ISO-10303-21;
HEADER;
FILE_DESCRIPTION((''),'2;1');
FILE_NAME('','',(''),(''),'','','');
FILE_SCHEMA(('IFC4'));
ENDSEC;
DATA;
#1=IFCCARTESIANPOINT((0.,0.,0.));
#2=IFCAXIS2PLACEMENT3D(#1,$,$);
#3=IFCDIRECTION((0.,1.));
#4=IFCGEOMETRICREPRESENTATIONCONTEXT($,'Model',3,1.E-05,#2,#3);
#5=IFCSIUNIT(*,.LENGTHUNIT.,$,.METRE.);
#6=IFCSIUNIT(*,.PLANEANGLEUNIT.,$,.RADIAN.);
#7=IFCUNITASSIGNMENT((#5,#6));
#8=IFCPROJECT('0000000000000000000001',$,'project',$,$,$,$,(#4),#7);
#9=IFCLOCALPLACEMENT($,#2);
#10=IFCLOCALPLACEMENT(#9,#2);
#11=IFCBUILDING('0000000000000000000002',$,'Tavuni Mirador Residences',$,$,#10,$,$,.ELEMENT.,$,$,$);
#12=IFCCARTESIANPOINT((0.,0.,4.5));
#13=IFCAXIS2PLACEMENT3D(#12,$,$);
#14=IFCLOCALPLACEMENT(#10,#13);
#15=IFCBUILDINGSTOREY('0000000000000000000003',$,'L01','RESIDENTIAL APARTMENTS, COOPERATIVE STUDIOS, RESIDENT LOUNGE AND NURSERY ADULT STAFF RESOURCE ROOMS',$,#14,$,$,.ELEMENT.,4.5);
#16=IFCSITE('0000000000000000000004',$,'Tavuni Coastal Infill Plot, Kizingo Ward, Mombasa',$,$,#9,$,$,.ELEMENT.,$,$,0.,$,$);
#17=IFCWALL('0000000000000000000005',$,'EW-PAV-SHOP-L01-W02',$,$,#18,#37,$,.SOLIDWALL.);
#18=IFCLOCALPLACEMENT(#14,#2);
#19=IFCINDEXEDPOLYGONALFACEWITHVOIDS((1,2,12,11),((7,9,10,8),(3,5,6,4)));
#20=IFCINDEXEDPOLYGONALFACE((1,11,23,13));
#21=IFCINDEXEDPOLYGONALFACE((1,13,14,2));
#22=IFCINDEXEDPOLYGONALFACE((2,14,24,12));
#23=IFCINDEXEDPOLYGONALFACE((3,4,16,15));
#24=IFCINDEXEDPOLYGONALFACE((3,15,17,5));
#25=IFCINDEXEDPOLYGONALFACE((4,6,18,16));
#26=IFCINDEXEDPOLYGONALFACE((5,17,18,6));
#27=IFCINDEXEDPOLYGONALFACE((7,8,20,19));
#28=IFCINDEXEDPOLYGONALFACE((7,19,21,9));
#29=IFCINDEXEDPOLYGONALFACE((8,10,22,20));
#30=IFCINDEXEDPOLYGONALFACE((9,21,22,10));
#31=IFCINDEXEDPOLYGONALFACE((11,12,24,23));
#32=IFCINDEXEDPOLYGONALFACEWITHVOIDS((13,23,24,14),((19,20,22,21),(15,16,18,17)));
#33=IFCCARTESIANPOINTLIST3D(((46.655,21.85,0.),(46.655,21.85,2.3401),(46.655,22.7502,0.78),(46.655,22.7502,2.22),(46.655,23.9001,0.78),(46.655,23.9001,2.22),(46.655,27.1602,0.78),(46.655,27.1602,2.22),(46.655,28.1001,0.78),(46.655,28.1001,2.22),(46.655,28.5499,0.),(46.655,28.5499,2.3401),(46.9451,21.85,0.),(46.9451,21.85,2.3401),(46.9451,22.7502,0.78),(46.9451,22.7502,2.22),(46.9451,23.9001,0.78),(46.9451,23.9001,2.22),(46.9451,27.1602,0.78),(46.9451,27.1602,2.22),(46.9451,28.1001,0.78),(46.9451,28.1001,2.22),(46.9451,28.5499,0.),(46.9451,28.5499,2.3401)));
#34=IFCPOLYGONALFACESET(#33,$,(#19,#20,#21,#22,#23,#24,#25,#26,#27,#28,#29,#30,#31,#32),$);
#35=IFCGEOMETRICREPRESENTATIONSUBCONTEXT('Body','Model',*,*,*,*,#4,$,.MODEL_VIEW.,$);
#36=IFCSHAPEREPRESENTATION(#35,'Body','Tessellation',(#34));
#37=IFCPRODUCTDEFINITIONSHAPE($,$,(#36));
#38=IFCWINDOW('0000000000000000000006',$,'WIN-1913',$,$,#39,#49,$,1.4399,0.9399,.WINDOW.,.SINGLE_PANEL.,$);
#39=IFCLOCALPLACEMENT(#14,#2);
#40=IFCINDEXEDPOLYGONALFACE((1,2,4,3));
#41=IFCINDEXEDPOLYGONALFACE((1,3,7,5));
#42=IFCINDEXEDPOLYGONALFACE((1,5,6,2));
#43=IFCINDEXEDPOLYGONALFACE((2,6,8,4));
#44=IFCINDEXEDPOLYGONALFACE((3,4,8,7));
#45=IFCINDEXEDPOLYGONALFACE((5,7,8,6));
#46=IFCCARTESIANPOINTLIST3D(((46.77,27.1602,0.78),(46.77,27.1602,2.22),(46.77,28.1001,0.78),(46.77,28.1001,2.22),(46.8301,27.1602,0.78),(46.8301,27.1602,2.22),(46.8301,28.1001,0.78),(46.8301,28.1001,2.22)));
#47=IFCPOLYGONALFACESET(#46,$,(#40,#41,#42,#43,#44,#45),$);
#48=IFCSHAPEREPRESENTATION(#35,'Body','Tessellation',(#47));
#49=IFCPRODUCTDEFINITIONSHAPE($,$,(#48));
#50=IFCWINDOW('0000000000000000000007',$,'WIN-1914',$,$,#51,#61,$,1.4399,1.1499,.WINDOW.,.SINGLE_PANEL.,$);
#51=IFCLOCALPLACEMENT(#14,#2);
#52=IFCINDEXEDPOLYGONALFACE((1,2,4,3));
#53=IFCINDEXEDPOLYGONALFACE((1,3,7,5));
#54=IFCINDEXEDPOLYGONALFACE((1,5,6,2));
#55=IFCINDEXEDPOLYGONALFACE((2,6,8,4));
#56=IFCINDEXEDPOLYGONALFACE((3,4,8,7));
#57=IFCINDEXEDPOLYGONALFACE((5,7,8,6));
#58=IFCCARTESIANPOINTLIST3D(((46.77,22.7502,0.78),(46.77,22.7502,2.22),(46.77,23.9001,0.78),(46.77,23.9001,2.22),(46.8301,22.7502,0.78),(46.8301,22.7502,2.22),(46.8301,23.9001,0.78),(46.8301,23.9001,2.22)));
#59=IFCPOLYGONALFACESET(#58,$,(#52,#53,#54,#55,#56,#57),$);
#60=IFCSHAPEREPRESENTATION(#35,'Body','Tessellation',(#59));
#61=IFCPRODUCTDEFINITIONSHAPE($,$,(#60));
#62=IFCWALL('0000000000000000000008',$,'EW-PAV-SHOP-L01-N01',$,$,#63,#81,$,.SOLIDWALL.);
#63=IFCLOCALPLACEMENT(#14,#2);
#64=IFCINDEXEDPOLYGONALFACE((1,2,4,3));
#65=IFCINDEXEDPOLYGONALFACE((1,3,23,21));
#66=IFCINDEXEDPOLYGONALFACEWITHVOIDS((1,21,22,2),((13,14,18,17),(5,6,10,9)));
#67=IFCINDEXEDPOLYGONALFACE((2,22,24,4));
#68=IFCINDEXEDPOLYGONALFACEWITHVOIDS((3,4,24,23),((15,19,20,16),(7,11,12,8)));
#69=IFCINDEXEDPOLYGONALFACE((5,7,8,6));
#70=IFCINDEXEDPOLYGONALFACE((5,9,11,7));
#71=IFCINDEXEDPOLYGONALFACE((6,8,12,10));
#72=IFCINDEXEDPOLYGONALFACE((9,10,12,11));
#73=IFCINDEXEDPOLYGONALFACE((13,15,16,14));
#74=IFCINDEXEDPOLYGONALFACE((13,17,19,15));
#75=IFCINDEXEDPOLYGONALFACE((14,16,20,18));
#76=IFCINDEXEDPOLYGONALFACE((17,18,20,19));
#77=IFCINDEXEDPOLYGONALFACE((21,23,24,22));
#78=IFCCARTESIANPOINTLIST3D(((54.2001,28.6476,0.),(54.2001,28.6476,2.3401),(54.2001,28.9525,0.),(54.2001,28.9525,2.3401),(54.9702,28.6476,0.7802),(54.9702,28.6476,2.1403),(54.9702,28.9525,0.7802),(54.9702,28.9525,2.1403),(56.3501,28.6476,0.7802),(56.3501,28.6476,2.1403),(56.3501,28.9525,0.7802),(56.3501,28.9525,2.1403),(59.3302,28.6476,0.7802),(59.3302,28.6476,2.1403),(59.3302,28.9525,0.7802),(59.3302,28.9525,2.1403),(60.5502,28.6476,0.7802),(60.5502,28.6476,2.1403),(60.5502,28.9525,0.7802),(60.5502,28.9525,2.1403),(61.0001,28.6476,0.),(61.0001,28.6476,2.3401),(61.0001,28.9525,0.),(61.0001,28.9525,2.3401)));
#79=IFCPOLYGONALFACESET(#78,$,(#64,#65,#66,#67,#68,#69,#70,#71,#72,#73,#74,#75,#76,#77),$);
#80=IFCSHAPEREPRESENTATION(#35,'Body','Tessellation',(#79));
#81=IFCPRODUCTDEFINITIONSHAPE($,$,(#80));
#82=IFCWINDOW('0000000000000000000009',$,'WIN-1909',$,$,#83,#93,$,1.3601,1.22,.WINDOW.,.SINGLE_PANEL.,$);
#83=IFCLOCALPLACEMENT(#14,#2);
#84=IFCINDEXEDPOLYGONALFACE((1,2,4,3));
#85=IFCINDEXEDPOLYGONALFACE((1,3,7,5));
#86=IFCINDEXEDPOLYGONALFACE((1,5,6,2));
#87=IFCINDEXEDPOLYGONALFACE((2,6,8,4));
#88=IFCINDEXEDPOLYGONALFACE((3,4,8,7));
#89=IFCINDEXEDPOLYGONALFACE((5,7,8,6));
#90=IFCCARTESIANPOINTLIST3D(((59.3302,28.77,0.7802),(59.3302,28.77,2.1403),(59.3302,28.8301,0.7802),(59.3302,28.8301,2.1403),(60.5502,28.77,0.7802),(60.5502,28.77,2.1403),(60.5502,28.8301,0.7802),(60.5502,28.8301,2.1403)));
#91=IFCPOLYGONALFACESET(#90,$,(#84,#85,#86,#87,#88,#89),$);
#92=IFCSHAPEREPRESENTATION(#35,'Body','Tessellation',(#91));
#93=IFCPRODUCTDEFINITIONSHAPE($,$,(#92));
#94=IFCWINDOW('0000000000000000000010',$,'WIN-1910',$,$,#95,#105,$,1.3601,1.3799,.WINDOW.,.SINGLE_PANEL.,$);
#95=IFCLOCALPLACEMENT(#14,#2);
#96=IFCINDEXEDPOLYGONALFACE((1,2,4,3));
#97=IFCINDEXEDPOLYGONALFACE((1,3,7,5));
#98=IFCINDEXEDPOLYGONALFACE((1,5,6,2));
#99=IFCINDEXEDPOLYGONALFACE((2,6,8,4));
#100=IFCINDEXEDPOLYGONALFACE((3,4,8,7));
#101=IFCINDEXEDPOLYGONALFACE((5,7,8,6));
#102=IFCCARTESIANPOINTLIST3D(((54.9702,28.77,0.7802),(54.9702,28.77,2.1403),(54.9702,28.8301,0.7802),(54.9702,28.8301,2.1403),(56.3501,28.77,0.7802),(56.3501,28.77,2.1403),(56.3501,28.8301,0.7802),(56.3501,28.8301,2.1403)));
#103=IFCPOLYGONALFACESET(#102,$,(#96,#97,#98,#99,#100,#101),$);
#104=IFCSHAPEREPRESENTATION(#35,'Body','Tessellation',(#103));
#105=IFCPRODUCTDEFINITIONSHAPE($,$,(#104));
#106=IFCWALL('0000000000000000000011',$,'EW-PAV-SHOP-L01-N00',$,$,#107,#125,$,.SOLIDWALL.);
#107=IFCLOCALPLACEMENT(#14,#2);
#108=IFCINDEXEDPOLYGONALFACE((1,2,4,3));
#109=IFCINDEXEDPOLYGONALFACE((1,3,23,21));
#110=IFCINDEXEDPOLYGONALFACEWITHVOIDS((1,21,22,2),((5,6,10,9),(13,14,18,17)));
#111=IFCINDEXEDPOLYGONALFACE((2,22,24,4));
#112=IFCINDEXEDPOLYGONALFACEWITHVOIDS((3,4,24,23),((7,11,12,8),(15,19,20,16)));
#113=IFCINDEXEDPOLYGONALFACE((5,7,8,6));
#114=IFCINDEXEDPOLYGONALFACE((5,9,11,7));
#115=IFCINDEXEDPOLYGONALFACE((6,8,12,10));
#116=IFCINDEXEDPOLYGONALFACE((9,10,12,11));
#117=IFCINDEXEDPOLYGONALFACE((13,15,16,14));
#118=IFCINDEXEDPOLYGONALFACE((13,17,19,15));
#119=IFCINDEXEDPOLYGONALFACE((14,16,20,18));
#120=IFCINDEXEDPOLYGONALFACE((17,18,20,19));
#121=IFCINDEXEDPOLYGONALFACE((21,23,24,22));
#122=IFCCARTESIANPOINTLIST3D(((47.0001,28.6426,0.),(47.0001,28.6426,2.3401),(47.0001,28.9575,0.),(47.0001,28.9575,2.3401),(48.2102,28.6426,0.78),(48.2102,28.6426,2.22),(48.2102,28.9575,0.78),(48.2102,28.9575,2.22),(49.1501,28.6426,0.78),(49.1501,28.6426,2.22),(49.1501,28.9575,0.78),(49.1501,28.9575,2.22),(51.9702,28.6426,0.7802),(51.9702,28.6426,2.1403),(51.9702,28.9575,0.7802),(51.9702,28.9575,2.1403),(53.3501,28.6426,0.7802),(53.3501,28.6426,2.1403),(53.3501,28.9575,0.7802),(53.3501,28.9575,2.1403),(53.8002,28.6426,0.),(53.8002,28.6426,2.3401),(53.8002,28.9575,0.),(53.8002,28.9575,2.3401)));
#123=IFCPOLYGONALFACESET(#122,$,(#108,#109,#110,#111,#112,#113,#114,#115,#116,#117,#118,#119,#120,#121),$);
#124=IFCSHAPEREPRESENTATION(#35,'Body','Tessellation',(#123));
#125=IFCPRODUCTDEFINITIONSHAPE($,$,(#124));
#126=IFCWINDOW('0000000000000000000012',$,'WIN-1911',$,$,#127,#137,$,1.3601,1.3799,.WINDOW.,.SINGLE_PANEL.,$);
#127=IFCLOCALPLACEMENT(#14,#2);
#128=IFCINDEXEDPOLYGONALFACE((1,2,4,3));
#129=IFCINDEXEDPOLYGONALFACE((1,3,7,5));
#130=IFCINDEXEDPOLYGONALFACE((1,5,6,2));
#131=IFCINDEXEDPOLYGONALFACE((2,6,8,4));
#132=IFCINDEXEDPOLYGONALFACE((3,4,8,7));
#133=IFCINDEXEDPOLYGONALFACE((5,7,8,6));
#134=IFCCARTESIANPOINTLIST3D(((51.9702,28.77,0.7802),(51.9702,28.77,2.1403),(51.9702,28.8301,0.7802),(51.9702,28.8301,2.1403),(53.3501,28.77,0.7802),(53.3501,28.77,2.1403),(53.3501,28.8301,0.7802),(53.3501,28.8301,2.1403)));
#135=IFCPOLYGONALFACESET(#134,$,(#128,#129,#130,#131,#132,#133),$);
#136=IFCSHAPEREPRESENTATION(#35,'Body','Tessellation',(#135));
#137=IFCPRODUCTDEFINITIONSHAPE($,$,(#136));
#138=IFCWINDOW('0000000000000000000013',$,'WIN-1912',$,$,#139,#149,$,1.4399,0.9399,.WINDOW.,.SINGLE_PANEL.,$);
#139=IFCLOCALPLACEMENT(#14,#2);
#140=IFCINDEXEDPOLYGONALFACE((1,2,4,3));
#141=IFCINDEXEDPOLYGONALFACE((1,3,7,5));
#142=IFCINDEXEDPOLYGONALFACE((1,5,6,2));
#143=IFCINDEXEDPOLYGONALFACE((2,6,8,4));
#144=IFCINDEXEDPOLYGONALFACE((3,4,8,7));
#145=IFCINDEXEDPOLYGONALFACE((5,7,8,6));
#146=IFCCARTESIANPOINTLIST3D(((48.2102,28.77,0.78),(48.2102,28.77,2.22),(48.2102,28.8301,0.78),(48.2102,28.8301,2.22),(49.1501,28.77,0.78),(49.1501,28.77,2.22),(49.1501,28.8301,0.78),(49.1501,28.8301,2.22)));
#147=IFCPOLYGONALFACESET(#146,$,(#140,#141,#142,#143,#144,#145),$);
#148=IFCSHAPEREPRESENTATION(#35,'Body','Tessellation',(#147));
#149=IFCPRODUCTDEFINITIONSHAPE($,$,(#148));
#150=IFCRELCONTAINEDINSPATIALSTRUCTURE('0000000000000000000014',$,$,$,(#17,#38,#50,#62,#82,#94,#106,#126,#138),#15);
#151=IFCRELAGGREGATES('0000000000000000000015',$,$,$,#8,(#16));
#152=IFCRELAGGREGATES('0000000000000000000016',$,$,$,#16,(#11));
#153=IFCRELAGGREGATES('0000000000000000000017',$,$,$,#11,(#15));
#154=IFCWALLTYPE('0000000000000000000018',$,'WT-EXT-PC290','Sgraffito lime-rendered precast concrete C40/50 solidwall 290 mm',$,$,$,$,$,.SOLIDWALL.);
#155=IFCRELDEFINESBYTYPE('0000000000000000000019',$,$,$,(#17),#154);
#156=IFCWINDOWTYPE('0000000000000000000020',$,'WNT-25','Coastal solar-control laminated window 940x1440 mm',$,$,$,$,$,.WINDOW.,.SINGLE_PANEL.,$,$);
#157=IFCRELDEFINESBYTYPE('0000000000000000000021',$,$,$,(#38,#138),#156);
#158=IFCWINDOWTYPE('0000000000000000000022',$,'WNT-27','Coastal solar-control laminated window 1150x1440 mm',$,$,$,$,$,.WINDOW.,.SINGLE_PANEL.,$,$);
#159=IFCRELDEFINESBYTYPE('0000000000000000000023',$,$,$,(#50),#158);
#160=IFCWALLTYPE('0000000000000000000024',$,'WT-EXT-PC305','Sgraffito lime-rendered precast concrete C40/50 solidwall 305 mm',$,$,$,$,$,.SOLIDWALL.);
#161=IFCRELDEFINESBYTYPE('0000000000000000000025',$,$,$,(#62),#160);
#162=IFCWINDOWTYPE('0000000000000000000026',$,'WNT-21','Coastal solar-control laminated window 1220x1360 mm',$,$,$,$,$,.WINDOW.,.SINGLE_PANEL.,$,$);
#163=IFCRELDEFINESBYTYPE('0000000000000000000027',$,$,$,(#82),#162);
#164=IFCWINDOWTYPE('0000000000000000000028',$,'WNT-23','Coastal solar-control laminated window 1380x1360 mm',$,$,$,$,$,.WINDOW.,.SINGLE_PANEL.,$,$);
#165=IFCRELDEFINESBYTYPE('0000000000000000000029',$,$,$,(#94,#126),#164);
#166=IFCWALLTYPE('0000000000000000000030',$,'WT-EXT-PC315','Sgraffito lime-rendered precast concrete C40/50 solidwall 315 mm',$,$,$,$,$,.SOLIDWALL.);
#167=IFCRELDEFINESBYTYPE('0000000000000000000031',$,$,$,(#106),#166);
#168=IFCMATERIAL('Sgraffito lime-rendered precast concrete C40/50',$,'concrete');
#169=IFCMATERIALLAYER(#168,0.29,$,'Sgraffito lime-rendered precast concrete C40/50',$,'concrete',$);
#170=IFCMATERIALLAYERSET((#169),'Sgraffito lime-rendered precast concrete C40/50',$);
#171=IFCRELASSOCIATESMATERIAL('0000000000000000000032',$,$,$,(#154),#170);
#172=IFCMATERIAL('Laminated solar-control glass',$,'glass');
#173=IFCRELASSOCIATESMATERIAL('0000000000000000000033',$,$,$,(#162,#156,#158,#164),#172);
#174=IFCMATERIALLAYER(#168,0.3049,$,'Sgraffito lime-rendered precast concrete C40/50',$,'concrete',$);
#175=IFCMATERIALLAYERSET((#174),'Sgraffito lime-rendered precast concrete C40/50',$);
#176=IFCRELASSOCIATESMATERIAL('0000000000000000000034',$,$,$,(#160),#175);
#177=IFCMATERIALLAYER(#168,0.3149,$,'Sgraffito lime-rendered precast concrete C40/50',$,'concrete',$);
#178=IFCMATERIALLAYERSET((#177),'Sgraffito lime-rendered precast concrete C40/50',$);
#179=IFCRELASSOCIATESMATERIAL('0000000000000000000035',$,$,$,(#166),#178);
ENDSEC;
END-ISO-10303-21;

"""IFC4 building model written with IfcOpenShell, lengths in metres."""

from ifc_helpers import new_model, si_unit, direction, frame, frame_2d, origin, place, context, subcontext, project, spatial, rectangle, extrude, material, layer, layer_set, type_object, element, fill, save


model = new_model("IFC4")

# Units and contexts
model_context = context("Model", 3, precision=1e-05, world=origin(), true_north=direction((0.0, 1.0)))
body_context = subcontext(model_context, "Body", "Model", "MODEL_VIEW")
ifc_project = project(units=[si_unit("LENGTHUNIT", "METRE"), si_unit("PLANEANGLEUNIT", "RADIAN")], contexts=[model_context])

# Site, building, storey
site_placement = place(None, origin())
site = spatial("IfcSite", under=ifc_project, at=site_placement, Name="Tavuni Coastal Infill Plot, Kizingo Ward, Mombasa", CompositionType="ELEMENT", RefElevation=0.0)
building_placement = place(site_placement, origin())
building = spatial("IfcBuilding", under=site, at=building_placement, Name="Tavuni Mirador Residences", CompositionType="ELEMENT")
storey_placement = place(building_placement, frame((0.0, 0.0, 4.5)))
storey = spatial("IfcBuildingStorey", under=building, at=storey_placement, Name="L01", Description="RESIDENTIAL APARTMENTS, COOPERATIVE STUDIOS, RESIDENT LOUNGE AND NURSERY ADULT STAFF RESOURCE ROOMS", CompositionType="ELEMENT", Elevation=4.5)

# Walls, openings, windows
ifc_material_1 = material(Name="Sgraffito lime-rendered precast concrete C40/50", Category="concrete")
ifc_material_2 = material(Name="Laminated solar-control glass", Category="glass")
ifc_layer_1 = layer(ifc_material_1, 0.29, Name="Sgraffito lime-rendered precast concrete C40/50", Category="concrete")
ifc_layer_set_1 = layer_set([ifc_layer_1], Name="Sgraffito lime-rendered precast concrete C40/50")
wall_type_1 = type_object("IfcWallType", Name="WT-EXT-PC290", Description="Sgraffito lime-rendered precast concrete C40/50 solidwall 290 mm", PredefinedType="SOLIDWALL", material=ifc_layer_set_1)
window_type_1 = type_object("IfcWindowType", Name="WNT-21", Description="Coastal solar-control laminated window 1220x1360 mm", PartitioningType="SINGLE_PANEL", PredefinedType="WINDOW", material=ifc_material_2)
wall_1_placement = place(storey_placement, frame((46.8, 28.55, 0.0), z_axis=(0.0, 0.0, 1.0), x_axis=(0.0, -1.0, 0.0)))
wall_1 = element("IfcWall", 1, at=wall_1_placement, inside=storey, type_object=wall_type_1, Name="EW-PAV-SHOP-L01-W02", PredefinedType="SOLIDWALL", context=body_context, shape_type="SweptSolid", body=[
    extrude(rectangle(XDim=6.7, YDim=0.29, at=frame_2d((3.3501, 0.0))), origin(), (0.0, 0.0, 1.0), 2.3401),
])
opening_1_placement = place(wall_1_placement, frame((0.45, 0.0, 0.78)))
opening_1 = element("IfcOpeningElement", 2, at=opening_1_placement, cuts=wall_1, PredefinedType="OPENING", context=body_context, shape_type="SweptSolid", body=[
    extrude(rectangle(XDim=0.9399, YDim=1.4399, at=frame_2d((0.47, 0.72))), frame((0.0, 0.155, 0.0), z_axis=(0.0, -1.0, 0.0), x_axis=(1.0, 0.0, 0.0)), (0.0, 0.0, 1.0), 0.3101),
])
opening_2_placement = place(wall_1_placement, frame((4.6499, 0.0, 0.78)))
opening_2 = element("IfcOpeningElement", 3, at=opening_2_placement, cuts=wall_1, PredefinedType="OPENING", context=body_context, shape_type="SweptSolid", body=[
    extrude(rectangle(XDim=1.1499, YDim=1.4399, at=frame_2d((0.575, 0.72))), frame((0.0, 0.155, 0.0), z_axis=(0.0, -1.0, 0.0), x_axis=(1.0, 0.0, 0.0)), (0.0, 0.0, 1.0), 0.3101),
])
window_type_2 = type_object("IfcWindowType", Name="WNT-25", Description="Coastal solar-control laminated window 940x1440 mm", PartitioningType="SINGLE_PANEL", PredefinedType="WINDOW", material=ifc_material_2)
window_1_placement = place(opening_1_placement, origin())
window_1 = element("IfcWindow", 4, at=window_1_placement, inside=storey, type_object=window_type_2, Name="WIN-1913", OverallHeight=1.4399, OverallWidth=0.9399, PartitioningType="SINGLE_PANEL", PredefinedType="WINDOW", context=body_context, shape_type="SweptSolid", body=[
    extrude(rectangle(XDim=0.9399, YDim=1.4399, at=frame_2d((0.47, 0.72))), frame((0.0, 0.03, 0.0), z_axis=(0.0, -1.0, 0.0), x_axis=(1.0, 0.0, 0.0)), (0.0, 0.0, 1.0), 0.0601),
])
fill(opening_1, window_1)
window_type_3 = type_object("IfcWindowType", Name="WNT-27", Description="Coastal solar-control laminated window 1150x1440 mm", PartitioningType="SINGLE_PANEL", PredefinedType="WINDOW", material=ifc_material_2)
window_2_placement = place(opening_2_placement, origin())
window_2 = element("IfcWindow", 5, at=window_2_placement, inside=storey, type_object=window_type_3, Name="WIN-1914", OverallHeight=1.4399, OverallWidth=1.1499, PartitioningType="SINGLE_PANEL", PredefinedType="WINDOW", context=body_context, shape_type="SweptSolid", body=[
    extrude(rectangle(XDim=1.1499, YDim=1.4399, at=frame_2d((0.575, 0.72))), frame((0.0, 0.03, 0.0), z_axis=(0.0, -1.0, 0.0), x_axis=(1.0, 0.0, 0.0)), (0.0, 0.0, 1.0), 0.0601),
])
fill(opening_2, window_2)
ifc_layer_2 = layer(ifc_material_1, 0.3049, Name="Sgraffito lime-rendered precast concrete C40/50", Category="concrete")
ifc_layer_set_2 = layer_set([ifc_layer_2], Name="Sgraffito lime-rendered precast concrete C40/50")
wall_type_2 = type_object("IfcWallType", Name="WT-EXT-PC305", Description="Sgraffito lime-rendered precast concrete C40/50 solidwall 305 mm", PredefinedType="SOLIDWALL", material=ifc_layer_set_2)
wall_2_placement = place(storey_placement, frame((61.0, 28.8, 0.0), z_axis=(0.0, 0.0, 1.0), x_axis=(-1.0, 0.0, 0.0)))
wall_2 = element("IfcWall", 6, at=wall_2_placement, inside=storey, type_object=wall_type_2, Name="EW-PAV-SHOP-L01-N01", PredefinedType="SOLIDWALL", context=body_context, shape_type="SweptSolid", body=[
    extrude(rectangle(XDim=6.8, YDim=0.3049, at=frame_2d((3.3999, 0.0))), origin(), (0.0, 0.0, 1.0), 2.3401),
])
opening_3_placement = place(wall_2_placement, frame((0.45, 0.0, 0.78)))
opening_3 = element("IfcOpeningElement", 7, at=opening_3_placement, cuts=wall_2, PredefinedType="OPENING", context=body_context, shape_type="SweptSolid", body=[
    extrude(rectangle(XDim=1.22, YDim=1.3601, at=frame_2d((0.6099, 0.6802))), frame((0.0, 0.1626, 0.0), z_axis=(0.0, -1.0, 0.0), x_axis=(1.0, 0.0, 0.0)), (0.0, 0.0, 1.0), 0.325),
])
opening_4_placement = place(wall_2_placement, frame((4.6499, 0.0, 0.78)))
opening_4 = element("IfcOpeningElement", 8, at=opening_4_placement, cuts=wall_2, PredefinedType="OPENING", context=body_context, shape_type="SweptSolid", body=[
    extrude(rectangle(XDim=1.3799, YDim=1.3601, at=frame_2d((0.6899, 0.6802))), frame((0.0, 0.1626, 0.0), z_axis=(0.0, -1.0, 0.0), x_axis=(1.0, 0.0, 0.0)), (0.0, 0.0, 1.0), 0.325),
])
window_3_placement = place(opening_3_placement, origin())
window_3 = element("IfcWindow", 9, at=window_3_placement, inside=storey, type_object=window_type_1, Name="WIN-1909", OverallHeight=1.3601, OverallWidth=1.22, PartitioningType="SINGLE_PANEL", PredefinedType="WINDOW", context=body_context, shape_type="SweptSolid", body=[
    extrude(rectangle(XDim=1.22, YDim=1.3601, at=frame_2d((0.6099, 0.6802))), frame((0.0, 0.03, 0.0), z_axis=(0.0, -1.0, 0.0), x_axis=(1.0, 0.0, 0.0)), (0.0, 0.0, 1.0), 0.0601),
])
fill(opening_3, window_3)
window_type_4 = type_object("IfcWindowType", Name="WNT-23", Description="Coastal solar-control laminated window 1380x1360 mm", PartitioningType="SINGLE_PANEL", PredefinedType="WINDOW", material=ifc_material_2)
window_4_placement = place(opening_4_placement, origin())
window_4 = element("IfcWindow", 10, at=window_4_placement, inside=storey, type_object=window_type_4, Name="WIN-1910", OverallHeight=1.3601, OverallWidth=1.3799, PartitioningType="SINGLE_PANEL", PredefinedType="WINDOW", context=body_context, shape_type="SweptSolid", body=[
    extrude(rectangle(XDim=1.3799, YDim=1.3601, at=frame_2d((0.6899, 0.6802))), frame((0.0, 0.03, 0.0), z_axis=(0.0, -1.0, 0.0), x_axis=(1.0, 0.0, 0.0)), (0.0, 0.0, 1.0), 0.0601),
])
fill(opening_4, window_4)
ifc_layer_3 = layer(ifc_material_1, 0.3149, Name="Sgraffito lime-rendered precast concrete C40/50", Category="concrete")
ifc_layer_set_3 = layer_set([ifc_layer_3], Name="Sgraffito lime-rendered precast concrete C40/50")
wall_type_3 = type_object("IfcWallType", Name="WT-EXT-PC315", Description="Sgraffito lime-rendered precast concrete C40/50 solidwall 315 mm", PredefinedType="SOLIDWALL", material=ifc_layer_set_3)
wall_3_placement = place(storey_placement, frame((53.8, 28.8, 0.0), z_axis=(0.0, 0.0, 1.0), x_axis=(-1.0, 0.0, 0.0)))
wall_3 = element("IfcWall", 11, at=wall_3_placement, inside=storey, type_object=wall_type_3, Name="EW-PAV-SHOP-L01-N00", PredefinedType="SOLIDWALL", context=body_context, shape_type="SweptSolid", body=[
    extrude(rectangle(XDim=6.8, YDim=0.3149, at=frame_2d((3.3999, 0.0))), origin(), (0.0, 0.0, 1.0), 2.3401),
])
opening_5_placement = place(wall_3_placement, frame((0.45, 0.0, 0.78)))
opening_5 = element("IfcOpeningElement", 12, at=opening_5_placement, cuts=wall_3, PredefinedType="OPENING", context=body_context, shape_type="SweptSolid", body=[
    extrude(rectangle(XDim=1.3799, YDim=1.3601, at=frame_2d((0.6899, 0.6802))), frame((0.0, 0.1675, 0.0), z_axis=(0.0, -1.0, 0.0), x_axis=(1.0, 0.0, 0.0)), (0.0, 0.0, 1.0), 0.335),
])
opening_6_placement = place(wall_3_placement, frame((4.6499, 0.0, 0.78)))
opening_6 = element("IfcOpeningElement", 13, at=opening_6_placement, cuts=wall_3, PredefinedType="OPENING", context=body_context, shape_type="SweptSolid", body=[
    extrude(rectangle(XDim=0.9399, YDim=1.4399, at=frame_2d((0.47, 0.72))), frame((0.0, 0.1675, 0.0), z_axis=(0.0, -1.0, 0.0), x_axis=(1.0, 0.0, 0.0)), (0.0, 0.0, 1.0), 0.335),
])
window_5_placement = place(opening_5_placement, origin())
window_5 = element("IfcWindow", 14, at=window_5_placement, inside=storey, type_object=window_type_4, Name="WIN-1911", OverallHeight=1.3601, OverallWidth=1.3799, PartitioningType="SINGLE_PANEL", PredefinedType="WINDOW", context=body_context, shape_type="SweptSolid", body=[
    extrude(rectangle(XDim=1.3799, YDim=1.3601, at=frame_2d((0.6899, 0.6802))), frame((0.0, 0.03, 0.0), z_axis=(0.0, -1.0, 0.0), x_axis=(1.0, 0.0, 0.0)), (0.0, 0.0, 1.0), 0.0601),
])
fill(opening_5, window_5)
window_6_placement = place(opening_6_placement, origin())
window_6 = element("IfcWindow", 15, at=window_6_placement, inside=storey, type_object=window_type_2, Name="WIN-1912", OverallHeight=1.4399, OverallWidth=0.9399, PartitioningType="SINGLE_PANEL", PredefinedType="WINDOW", context=body_context, shape_type="SweptSolid", body=[
    extrude(rectangle(XDim=0.9399, YDim=1.4399, at=frame_2d((0.47, 0.72))), frame((0.0, 0.03, 0.0), z_axis=(0.0, -1.0, 0.0), x_axis=(1.0, 0.0, 0.0)), (0.0, 0.0, 1.0), 0.0601),
])
fill(opening_6, window_6)

save(model, "model.ifc")
